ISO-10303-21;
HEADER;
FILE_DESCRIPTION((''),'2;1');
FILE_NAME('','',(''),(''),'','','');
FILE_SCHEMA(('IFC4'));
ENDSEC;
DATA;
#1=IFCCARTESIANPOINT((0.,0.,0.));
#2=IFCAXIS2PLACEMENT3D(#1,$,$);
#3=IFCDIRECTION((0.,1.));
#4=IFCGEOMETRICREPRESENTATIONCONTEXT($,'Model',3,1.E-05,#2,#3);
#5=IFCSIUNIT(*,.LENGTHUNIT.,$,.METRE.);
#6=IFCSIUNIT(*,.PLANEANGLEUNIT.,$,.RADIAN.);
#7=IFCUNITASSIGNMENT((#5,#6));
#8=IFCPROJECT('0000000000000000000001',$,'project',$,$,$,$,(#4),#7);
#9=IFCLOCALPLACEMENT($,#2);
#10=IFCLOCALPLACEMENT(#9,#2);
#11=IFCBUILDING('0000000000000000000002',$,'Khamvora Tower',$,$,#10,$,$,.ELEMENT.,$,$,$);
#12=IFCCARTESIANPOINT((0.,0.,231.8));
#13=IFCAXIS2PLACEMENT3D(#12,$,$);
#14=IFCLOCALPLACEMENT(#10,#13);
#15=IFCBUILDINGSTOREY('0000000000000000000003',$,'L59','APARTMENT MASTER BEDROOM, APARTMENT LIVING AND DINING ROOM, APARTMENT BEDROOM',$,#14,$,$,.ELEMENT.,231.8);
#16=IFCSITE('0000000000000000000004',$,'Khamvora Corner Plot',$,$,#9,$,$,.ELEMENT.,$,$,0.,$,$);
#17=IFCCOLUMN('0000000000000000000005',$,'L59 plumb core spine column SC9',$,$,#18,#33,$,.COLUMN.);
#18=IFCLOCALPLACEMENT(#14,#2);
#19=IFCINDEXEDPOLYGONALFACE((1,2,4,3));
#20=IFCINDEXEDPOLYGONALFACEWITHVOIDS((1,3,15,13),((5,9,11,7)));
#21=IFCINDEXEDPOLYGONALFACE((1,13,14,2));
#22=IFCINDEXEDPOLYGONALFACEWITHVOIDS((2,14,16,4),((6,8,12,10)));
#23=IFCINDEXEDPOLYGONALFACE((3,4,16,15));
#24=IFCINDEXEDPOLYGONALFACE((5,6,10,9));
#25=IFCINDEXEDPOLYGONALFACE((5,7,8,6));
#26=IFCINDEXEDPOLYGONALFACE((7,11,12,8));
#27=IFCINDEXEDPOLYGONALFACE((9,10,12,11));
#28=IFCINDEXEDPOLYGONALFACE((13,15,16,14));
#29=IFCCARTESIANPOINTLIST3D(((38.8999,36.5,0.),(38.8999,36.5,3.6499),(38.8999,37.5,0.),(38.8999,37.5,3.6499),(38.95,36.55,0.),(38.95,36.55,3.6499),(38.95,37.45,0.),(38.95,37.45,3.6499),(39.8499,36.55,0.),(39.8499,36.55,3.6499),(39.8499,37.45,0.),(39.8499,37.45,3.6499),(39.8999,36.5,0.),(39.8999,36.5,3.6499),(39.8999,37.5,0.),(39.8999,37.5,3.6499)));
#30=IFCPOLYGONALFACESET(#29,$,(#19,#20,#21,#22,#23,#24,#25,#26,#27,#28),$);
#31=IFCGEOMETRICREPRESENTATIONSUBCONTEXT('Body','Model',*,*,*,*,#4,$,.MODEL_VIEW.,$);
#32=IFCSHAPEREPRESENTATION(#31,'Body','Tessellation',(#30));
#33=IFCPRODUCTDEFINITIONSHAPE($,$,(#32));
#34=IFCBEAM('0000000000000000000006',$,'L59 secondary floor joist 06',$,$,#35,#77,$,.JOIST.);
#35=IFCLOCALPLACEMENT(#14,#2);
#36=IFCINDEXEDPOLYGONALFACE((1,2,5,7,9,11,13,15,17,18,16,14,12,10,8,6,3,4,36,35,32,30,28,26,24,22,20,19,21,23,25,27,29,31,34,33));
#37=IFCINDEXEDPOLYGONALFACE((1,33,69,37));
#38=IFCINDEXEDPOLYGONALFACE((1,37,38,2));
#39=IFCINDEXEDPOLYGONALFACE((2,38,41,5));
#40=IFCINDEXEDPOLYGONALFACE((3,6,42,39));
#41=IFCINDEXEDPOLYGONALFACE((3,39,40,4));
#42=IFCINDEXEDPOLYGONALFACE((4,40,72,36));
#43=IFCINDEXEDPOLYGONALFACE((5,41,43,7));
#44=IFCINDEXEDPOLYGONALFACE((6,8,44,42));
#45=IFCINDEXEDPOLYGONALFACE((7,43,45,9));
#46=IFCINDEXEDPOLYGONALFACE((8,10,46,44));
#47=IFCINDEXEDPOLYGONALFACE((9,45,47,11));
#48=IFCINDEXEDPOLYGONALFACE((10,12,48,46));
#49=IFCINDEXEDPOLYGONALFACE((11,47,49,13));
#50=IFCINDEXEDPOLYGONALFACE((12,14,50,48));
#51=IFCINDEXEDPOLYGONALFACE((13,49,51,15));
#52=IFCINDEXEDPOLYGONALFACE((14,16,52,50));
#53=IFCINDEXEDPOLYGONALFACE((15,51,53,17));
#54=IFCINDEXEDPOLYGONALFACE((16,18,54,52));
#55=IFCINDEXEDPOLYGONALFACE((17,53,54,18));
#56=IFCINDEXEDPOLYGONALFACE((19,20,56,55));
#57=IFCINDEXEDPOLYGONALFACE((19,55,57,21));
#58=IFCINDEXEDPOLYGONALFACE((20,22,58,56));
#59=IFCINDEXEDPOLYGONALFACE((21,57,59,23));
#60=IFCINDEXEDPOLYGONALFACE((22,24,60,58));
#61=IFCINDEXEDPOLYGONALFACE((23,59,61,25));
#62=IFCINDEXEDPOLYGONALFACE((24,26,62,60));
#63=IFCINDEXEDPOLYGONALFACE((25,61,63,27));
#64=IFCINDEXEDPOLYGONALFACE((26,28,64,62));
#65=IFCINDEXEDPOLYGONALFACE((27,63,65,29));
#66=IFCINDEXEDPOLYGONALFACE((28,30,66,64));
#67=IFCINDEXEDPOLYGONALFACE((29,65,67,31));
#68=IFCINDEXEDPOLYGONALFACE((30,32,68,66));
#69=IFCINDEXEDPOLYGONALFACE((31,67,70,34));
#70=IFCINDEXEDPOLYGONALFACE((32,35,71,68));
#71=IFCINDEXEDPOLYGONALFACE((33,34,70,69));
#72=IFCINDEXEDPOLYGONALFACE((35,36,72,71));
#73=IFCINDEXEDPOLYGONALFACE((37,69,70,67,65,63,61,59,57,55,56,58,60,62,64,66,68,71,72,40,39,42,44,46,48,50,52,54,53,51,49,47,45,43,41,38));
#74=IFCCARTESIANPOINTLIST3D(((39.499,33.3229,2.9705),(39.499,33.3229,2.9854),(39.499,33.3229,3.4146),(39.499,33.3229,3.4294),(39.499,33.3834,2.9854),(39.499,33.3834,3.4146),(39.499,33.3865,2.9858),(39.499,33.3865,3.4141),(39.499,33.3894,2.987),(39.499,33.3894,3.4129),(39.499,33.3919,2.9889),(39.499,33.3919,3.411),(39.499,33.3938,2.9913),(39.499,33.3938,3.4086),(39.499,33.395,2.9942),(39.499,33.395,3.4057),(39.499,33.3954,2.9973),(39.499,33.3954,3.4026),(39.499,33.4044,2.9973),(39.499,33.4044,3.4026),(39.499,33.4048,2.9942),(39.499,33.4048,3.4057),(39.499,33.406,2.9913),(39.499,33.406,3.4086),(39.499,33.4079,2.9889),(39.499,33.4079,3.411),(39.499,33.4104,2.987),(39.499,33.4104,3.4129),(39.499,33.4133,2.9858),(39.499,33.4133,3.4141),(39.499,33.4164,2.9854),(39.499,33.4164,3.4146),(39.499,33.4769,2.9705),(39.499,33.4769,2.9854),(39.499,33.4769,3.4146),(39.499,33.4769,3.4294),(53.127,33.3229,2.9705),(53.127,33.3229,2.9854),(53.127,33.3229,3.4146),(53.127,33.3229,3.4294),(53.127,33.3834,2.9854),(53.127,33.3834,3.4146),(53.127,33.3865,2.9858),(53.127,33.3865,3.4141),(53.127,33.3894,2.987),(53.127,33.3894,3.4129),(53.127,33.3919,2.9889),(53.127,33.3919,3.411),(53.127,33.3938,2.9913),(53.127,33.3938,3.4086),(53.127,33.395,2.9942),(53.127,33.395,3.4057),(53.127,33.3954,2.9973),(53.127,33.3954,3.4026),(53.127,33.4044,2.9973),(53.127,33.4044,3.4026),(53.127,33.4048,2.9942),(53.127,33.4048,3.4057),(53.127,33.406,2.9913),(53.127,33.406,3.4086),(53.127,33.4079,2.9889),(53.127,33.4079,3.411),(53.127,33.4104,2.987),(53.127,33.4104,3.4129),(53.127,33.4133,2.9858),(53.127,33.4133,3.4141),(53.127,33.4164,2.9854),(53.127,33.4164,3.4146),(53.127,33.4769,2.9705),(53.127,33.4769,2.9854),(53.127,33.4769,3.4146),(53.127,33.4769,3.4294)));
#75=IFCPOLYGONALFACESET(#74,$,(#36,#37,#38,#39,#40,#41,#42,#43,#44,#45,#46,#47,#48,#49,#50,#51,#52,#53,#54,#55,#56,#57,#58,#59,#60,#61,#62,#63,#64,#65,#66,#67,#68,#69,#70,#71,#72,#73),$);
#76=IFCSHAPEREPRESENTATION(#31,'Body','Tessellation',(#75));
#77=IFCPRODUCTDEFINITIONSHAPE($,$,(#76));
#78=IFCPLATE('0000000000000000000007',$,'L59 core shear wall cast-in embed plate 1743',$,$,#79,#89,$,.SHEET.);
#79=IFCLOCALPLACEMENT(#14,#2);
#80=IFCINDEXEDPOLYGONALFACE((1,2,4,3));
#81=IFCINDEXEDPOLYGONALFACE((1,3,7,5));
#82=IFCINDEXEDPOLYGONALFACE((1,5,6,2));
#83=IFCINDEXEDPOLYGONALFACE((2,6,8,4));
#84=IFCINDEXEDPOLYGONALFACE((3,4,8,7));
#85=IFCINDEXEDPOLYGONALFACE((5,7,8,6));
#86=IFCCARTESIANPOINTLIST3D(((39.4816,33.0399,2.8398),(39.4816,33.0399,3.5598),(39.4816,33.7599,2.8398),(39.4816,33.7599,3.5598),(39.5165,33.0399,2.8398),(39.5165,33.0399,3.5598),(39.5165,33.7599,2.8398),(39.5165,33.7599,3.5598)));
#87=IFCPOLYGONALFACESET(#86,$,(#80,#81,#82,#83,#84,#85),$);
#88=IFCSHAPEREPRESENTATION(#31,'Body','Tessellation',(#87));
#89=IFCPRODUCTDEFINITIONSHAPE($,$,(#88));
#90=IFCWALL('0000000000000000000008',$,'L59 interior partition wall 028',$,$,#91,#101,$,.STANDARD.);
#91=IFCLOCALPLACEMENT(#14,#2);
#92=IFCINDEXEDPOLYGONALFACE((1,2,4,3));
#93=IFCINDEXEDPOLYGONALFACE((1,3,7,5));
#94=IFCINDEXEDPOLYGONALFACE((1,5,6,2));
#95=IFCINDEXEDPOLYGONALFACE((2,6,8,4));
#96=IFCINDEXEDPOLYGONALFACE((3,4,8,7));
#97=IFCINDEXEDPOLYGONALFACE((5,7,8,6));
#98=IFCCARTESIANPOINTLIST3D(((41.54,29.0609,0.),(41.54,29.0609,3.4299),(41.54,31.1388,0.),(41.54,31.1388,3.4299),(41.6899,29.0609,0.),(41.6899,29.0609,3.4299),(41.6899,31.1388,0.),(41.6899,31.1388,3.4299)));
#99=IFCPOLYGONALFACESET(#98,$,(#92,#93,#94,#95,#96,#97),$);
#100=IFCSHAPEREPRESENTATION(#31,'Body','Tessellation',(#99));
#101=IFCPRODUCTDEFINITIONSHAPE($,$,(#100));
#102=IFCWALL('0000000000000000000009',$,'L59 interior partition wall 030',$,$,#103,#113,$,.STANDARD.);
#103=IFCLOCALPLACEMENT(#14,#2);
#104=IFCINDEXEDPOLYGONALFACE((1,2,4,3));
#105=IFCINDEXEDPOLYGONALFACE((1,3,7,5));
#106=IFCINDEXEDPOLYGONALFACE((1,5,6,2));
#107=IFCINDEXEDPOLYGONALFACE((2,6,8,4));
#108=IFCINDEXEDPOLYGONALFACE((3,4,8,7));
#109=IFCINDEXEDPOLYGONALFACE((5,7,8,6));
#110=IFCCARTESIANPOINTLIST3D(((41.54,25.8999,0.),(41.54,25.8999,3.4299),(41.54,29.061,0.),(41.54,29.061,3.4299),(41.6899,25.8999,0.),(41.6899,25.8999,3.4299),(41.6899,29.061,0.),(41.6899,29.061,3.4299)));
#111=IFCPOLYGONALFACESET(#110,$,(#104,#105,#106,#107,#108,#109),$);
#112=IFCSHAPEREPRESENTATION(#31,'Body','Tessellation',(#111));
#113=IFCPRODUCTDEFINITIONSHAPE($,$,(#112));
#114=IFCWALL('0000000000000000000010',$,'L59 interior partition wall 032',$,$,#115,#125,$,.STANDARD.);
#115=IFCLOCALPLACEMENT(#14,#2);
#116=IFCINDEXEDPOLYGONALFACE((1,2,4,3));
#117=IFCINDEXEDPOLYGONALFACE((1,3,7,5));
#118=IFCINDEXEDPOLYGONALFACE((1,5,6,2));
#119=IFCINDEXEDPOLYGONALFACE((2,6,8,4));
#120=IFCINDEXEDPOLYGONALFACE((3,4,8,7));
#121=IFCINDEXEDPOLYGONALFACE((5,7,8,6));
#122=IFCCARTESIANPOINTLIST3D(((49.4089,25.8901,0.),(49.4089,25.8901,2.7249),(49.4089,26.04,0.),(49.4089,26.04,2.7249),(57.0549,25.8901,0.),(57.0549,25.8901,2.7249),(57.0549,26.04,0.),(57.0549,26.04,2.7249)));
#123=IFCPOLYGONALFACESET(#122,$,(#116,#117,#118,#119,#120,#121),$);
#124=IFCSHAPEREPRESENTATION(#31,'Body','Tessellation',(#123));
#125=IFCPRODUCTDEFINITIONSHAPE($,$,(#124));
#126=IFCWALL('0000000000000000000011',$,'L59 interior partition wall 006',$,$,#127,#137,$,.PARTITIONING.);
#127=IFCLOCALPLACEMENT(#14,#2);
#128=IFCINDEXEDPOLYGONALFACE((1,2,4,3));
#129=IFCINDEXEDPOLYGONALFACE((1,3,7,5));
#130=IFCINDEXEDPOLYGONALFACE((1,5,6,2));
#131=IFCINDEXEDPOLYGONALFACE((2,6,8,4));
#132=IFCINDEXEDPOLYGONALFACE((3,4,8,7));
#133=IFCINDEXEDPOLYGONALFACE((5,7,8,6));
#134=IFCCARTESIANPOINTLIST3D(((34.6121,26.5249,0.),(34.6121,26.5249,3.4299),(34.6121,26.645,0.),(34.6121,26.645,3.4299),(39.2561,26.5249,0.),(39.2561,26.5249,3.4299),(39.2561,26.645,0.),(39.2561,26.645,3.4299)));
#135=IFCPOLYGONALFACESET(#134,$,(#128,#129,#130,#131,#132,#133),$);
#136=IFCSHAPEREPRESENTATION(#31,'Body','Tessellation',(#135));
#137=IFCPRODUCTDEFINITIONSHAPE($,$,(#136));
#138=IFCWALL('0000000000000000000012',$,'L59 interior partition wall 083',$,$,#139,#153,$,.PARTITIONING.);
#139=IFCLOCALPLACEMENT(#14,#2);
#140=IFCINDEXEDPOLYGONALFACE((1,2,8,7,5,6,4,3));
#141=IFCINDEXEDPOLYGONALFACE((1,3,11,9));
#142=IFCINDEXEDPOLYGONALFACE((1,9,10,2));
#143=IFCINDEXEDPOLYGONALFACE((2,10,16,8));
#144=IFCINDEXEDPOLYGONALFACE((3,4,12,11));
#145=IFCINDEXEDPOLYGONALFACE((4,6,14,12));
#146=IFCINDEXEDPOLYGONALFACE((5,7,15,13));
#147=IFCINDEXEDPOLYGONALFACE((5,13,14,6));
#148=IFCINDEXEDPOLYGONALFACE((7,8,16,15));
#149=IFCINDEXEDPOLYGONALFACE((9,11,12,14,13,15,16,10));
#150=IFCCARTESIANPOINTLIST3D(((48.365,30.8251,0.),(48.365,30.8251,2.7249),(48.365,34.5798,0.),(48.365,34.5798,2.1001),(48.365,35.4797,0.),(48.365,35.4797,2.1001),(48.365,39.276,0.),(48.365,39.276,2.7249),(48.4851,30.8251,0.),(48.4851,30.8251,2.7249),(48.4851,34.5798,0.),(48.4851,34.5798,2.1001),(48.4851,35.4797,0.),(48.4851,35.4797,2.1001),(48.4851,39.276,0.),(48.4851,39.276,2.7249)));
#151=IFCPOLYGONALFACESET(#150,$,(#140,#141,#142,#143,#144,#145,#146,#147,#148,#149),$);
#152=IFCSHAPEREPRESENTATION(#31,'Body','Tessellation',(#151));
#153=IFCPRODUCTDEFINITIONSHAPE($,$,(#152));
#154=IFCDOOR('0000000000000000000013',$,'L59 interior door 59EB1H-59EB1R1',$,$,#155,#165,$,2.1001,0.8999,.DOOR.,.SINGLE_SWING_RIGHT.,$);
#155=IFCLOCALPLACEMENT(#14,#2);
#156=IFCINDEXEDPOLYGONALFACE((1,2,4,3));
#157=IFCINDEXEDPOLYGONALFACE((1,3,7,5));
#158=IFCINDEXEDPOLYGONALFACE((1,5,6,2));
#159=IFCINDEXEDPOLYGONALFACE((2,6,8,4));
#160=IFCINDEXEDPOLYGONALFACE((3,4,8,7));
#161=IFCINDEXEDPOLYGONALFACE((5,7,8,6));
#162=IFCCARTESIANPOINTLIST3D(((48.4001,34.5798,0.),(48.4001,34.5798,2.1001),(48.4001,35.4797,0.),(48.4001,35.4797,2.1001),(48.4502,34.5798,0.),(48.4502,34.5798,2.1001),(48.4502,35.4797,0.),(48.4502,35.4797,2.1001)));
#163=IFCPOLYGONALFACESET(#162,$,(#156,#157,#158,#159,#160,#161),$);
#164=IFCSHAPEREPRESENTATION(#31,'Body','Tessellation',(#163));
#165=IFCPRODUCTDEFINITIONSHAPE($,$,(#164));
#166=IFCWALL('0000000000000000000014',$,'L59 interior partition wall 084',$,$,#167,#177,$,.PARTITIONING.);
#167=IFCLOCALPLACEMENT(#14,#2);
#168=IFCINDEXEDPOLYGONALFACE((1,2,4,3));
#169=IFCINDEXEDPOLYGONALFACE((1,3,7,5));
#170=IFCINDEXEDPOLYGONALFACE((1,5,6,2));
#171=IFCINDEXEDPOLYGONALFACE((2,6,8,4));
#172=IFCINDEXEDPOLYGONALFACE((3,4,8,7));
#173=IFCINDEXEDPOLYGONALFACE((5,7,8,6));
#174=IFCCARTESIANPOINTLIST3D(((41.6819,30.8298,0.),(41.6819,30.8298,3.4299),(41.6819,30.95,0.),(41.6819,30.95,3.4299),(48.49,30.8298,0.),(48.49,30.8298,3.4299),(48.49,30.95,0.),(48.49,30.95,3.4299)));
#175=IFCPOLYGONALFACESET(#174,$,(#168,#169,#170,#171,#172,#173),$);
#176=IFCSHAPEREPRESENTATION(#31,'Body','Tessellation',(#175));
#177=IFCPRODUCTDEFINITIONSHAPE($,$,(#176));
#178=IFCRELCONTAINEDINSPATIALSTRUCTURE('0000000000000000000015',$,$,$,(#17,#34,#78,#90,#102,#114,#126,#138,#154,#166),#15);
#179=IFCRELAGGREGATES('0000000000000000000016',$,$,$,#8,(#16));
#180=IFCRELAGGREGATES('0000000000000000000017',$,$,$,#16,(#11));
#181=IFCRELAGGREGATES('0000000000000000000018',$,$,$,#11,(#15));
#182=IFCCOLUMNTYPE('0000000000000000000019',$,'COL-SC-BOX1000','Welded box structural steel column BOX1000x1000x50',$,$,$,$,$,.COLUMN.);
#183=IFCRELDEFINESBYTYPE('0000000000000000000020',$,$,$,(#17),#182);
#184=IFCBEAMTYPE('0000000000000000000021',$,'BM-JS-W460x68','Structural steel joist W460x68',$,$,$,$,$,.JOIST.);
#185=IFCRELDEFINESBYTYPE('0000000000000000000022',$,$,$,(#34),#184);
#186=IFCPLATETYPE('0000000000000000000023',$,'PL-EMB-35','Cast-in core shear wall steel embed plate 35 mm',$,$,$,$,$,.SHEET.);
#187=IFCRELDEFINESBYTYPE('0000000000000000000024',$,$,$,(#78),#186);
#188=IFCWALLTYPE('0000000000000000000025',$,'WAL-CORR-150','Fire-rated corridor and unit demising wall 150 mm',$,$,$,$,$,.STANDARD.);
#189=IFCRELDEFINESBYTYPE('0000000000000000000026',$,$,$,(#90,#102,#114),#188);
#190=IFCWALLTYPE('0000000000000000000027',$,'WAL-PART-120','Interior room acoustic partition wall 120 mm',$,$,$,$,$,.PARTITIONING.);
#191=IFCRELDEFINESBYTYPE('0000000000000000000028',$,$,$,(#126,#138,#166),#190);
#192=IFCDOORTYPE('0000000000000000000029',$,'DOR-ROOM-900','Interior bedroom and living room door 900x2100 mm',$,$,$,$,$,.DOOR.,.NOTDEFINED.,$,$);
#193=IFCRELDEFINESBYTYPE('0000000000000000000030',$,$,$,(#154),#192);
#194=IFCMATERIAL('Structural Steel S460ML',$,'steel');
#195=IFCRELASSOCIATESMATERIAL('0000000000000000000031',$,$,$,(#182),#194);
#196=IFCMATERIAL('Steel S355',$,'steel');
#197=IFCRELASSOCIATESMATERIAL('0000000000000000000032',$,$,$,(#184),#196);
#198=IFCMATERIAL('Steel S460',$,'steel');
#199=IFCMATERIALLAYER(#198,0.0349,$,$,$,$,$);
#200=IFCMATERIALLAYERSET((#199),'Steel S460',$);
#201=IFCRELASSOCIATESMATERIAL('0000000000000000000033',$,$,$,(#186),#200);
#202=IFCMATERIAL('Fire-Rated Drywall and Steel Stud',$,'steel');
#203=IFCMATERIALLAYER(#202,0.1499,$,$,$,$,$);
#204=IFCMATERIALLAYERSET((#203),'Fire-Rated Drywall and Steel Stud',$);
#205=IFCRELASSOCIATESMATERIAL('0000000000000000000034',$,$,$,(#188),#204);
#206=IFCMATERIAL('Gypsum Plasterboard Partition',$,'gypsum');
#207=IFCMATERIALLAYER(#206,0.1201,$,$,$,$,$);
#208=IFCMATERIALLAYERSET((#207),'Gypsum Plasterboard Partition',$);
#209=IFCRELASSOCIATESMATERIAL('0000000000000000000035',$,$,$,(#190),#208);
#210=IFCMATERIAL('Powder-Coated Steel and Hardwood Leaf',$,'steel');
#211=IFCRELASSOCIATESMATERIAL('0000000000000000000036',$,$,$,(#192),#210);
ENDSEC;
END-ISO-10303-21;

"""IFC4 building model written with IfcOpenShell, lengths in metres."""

from ifc_helpers import new_model, si_unit, direction, frame, frame_2d, origin, origin_2d, place, context, subcontext, project, spatial, rectangle, hollow_rectangle, i_section, extrude, material, layer, layer_set, material_profile, profile_set, type_object, element, fill, save


model = new_model("IFC4")

# Units and contexts
model_context = context("Model", 3, precision=1e-05, world=origin(), true_north=direction((0.0, 1.0)))
body_context = subcontext(model_context, "Body", "Model", "MODEL_VIEW")
ifc_project = project(units=[si_unit("LENGTHUNIT", "METRE"), si_unit("PLANEANGLEUNIT", "RADIAN")], contexts=[model_context])

# Site, building, storey
site_placement = place(None, origin())
site = spatial("IfcSite", under=ifc_project, at=site_placement, Name="Khamvora Corner Plot", CompositionType="ELEMENT", RefElevation=0.0)
building_placement = place(site_placement, origin())
building = spatial("IfcBuilding", under=site, at=building_placement, Name="Khamvora Tower", CompositionType="ELEMENT")
storey_placement = place(building_placement, frame((0.0, 0.0, 231.8)))
storey = spatial("IfcBuildingStorey", under=building, at=storey_placement, Name="L59", Description="APARTMENT MASTER BEDROOM, APARTMENT LIVING AND DINING ROOM, APARTMENT BEDROOM", CompositionType="ELEMENT", Elevation=231.8)

# Column
ifc_material_1 = material(Name="Structural Steel S460ML", Category="steel")
ifc_material_profile_1 = material_profile(ifc_material_1, hollow_rectangle(XDim=1.0, YDim=1.0, WallThickness=0.05, at=origin_2d()), Name="BOX1000x1000x50")
ifc_profile_set_1 = profile_set([ifc_material_profile_1], Name="Structural Steel S460ML")
column_type = type_object("IfcColumnType", Name="COL-SC-BOX1000", Description="Welded box structural steel column BOX1000x1000x50", PredefinedType="COLUMN", material=ifc_profile_set_1)
column_placement = place(storey_placement, frame((39.3999, 37.0, 0.0), z_axis=(0.0, 0.0, 1.0), x_axis=(1.0, 0.0, 0.0)))
element("IfcColumn", 1, at=column_placement, inside=storey, type_object=column_type, Name="L59 plumb core spine column SC9", PredefinedType="COLUMN", context=body_context, shape_type="SweptSolid", body=[
    extrude(hollow_rectangle(XDim=1.0, YDim=1.0, WallThickness=0.05, at=origin_2d()), origin(), (0.0, 0.0, 1.0), 3.6499),
])

# Beam
ifc_material_2 = material(Name="Steel S355", Category="steel")
ifc_material_profile_2 = material_profile(ifc_material_2, i_section(OverallWidth=0.1541, OverallDepth=0.459, WebThickness=0.009, FlangeThickness=0.0149, FilletRadius=0.012, at=origin_2d()), Name="W460x68")
ifc_profile_set_2 = profile_set([ifc_material_profile_2], Name="Steel S355")
beam_type = type_object("IfcBeamType", Name="BM-JS-W460x68", Description="Structural steel joist W460x68", PredefinedType="JOIST", material=ifc_profile_set_2)
beam_placement = place(storey_placement, frame((39.499, 33.3999, 3.2), z_axis=(1.0, 0.0, 0.0), x_axis=(0.0, 1.0, 0.0)))
element("IfcBeam", 2, at=beam_placement, inside=storey, type_object=beam_type, Name="L59 secondary floor joist 06", PredefinedType="JOIST", context=body_context, shape_type="SweptSolid", body=[
    extrude(i_section(OverallWidth=0.1541, OverallDepth=0.459, WebThickness=0.009, FlangeThickness=0.0149, FilletRadius=0.012, at=origin_2d()), origin(), (0.0, 0.0, 1.0), 13.6279),
])

# Plate
ifc_material_3 = material(Name="Steel S460", Category="steel")
ifc_layer_1 = layer(ifc_material_3, 0.0349)
ifc_layer_set_1 = layer_set([ifc_layer_1], Name="Steel S460")
plate_type = type_object("IfcPlateType", Name="PL-EMB-35", Description="Cast-in core shear wall steel embed plate 35 mm", PredefinedType="SHEET", material=ifc_layer_set_1)
plate_placement = place(storey_placement, frame((39.499, 33.3999, 2.8398), z_axis=(0.0, 0.0, 1.0), x_axis=(1.0, 0.0, 0.0)))
element("IfcPlate", 3, at=plate_placement, inside=storey, type_object=plate_type, Name="L59 core shear wall cast-in embed plate 1743", PredefinedType="SHEET", context=body_context, shape_type="SweptSolid", body=[
    extrude(rectangle(XDim=0.0349, YDim=0.72, at=origin_2d()), origin(), (0.0, 0.0, 1.0), 0.72),
])

# Wall
ifc_material_4 = material(Name="Fire-Rated Drywall and Steel Stud", Category="steel")
ifc_layer_2 = layer(ifc_material_4, 0.1499)
ifc_layer_set_2 = layer_set([ifc_layer_2], Name="Fire-Rated Drywall and Steel Stud")
wall_type_1 = type_object("IfcWallType", Name="WAL-CORR-150", Description="Fire-rated corridor and unit demising wall 150 mm", PredefinedType="STANDARD", material=ifc_layer_set_2)
wall_1_placement = place(storey_placement, frame((41.615, 31.1389, 0.0), z_axis=(0.0, 0.0, 1.0), x_axis=(0.0, -1.0, 0.0)))
element("IfcWall", 4, at=wall_1_placement, inside=storey, type_object=wall_type_1, Name="L59 interior partition wall 028", PredefinedType="STANDARD", context=body_context, shape_type="SweptSolid", body=[
    extrude(rectangle(XDim=2.0779, YDim=0.1499, at=frame_2d((1.0391, 0.0))), origin(), (0.0, 0.0, 1.0), 3.4299),
])

# Shared definitions
ifc_material_5 = material(Name="Powder-Coated Steel and Hardwood Leaf", Category="steel")

# Walls
wall_2_placement = place(storey_placement, frame((41.615, 29.061, 0.0), z_axis=(0.0, 0.0, 1.0), x_axis=(0.0, -1.0, 0.0)))
element("IfcWall", 5, at=wall_2_placement, inside=storey, type_object=wall_type_1, Name="L59 interior partition wall 030", PredefinedType="STANDARD", context=body_context, shape_type="SweptSolid", body=[
    extrude(rectangle(XDim=3.1611, YDim=0.1499, at=frame_2d((1.5806, 0.0))), origin(), (0.0, 0.0, 1.0), 3.4299),
])
wall_3_placement = place(storey_placement, frame((49.4089, 25.9651, 0.0), z_axis=(0.0, 0.0, 1.0), x_axis=(1.0, 0.0, 0.0)))
element("IfcWall", 6, at=wall_3_placement, inside=storey, type_object=wall_type_1, Name="L59 interior partition wall 032", PredefinedType="STANDARD", context=body_context, shape_type="SweptSolid", body=[
    extrude(rectangle(XDim=7.646, YDim=0.1499, at=frame_2d((3.823, 0.0))), origin(), (0.0, 0.0, 1.0), 2.7249),
])
ifc_material_6 = material(Name="Gypsum Plasterboard Partition", Category="gypsum")
ifc_layer_3 = layer(ifc_material_6, 0.1201)
ifc_layer_set_3 = layer_set([ifc_layer_3], Name="Gypsum Plasterboard Partition")
wall_type_2 = type_object("IfcWallType", Name="WAL-PART-120", Description="Interior room acoustic partition wall 120 mm", PredefinedType="PARTITIONING", material=ifc_layer_set_3)
wall_4_placement = place(storey_placement, frame((39.2561, 26.585, 0.0), z_axis=(0.0, 0.0, 1.0), x_axis=(-1.0, 0.0, 0.0)))
element("IfcWall", 7, at=wall_4_placement, inside=storey, type_object=wall_type_2, Name="L59 interior partition wall 006", PredefinedType="PARTITIONING", context=body_context, shape_type="SweptSolid", body=[
    extrude(rectangle(XDim=4.644, YDim=0.1201, at=frame_2d((2.322, 0.0))), origin(), (0.0, 0.0, 1.0), 3.4299),
])

# Wall, opening, door
wall_5_placement = place(storey_placement, frame((48.425, 30.825, 0.0), z_axis=(0.0, 0.0, 1.0), x_axis=(0.0, 1.0, 0.0)))
wall_5 = element("IfcWall", 8, at=wall_5_placement, inside=storey, type_object=wall_type_2, Name="L59 interior partition wall 083", PredefinedType="PARTITIONING", context=body_context, shape_type="SweptSolid", body=[
    extrude(rectangle(XDim=8.4509, YDim=0.1201, at=frame_2d((4.2256, 0.0))), origin(), (0.0, 0.0, 1.0), 2.7249),
])
opening_1_placement = place(wall_5_placement, frame((3.7549, 0.0, 0.0)))
opening_1 = element("IfcOpeningElement", 9, at=opening_1_placement, cuts=wall_5, PredefinedType="OPENING", context=body_context, shape_type="SweptSolid", body=[
    extrude(rectangle(XDim=0.8999, YDim=2.1001, at=frame_2d((0.45, 1.05))), frame((0.0, 0.0701, 0.0), z_axis=(0.0, -1.0, 0.0), x_axis=(1.0, 0.0, 0.0)), (0.0, 0.0, 1.0), 0.1401),
])
door_type_1 = type_object("IfcDoorType", Name="DOR-ROOM-900", Description="Interior bedroom and living room door 900x2100 mm", OperationType="NOTDEFINED", PredefinedType="DOOR", material=ifc_material_5)
door_1_placement = place(opening_1_placement, origin())
door_1 = element("IfcDoor", 10, at=door_1_placement, inside=storey, type_object=door_type_1, Name="L59 interior door 59EB1H-59EB1R1", OperationType="SINGLE_SWING_RIGHT", OverallHeight=2.1001, OverallWidth=0.8999, PredefinedType="DOOR", context=body_context, shape_type="SweptSolid", body=[
    extrude(rectangle(XDim=0.8999, YDim=2.1001, at=frame_2d((0.45, 1.05))), frame((0.0, 0.0249, 0.0), z_axis=(0.0, -1.0, 0.0), x_axis=(1.0, 0.0, 0.0)), (0.0, 0.0, 1.0), 0.05),
])
fill(opening_1, door_1)

# Wall
wall_6_placement = place(storey_placement, frame((41.6819, 30.8899, 0.0), z_axis=(0.0, 0.0, 1.0), x_axis=(1.0, 0.0, 0.0)))
element("IfcWall", 11, at=wall_6_placement, inside=storey, type_object=wall_type_2, Name="L59 interior partition wall 084", PredefinedType="PARTITIONING", context=body_context, shape_type="SweptSolid", body=[
    extrude(rectangle(XDim=6.8081, YDim=0.1201, at=frame_2d((3.4041, 0.0))), origin(), (0.0, 0.0, 1.0), 3.4299),
])

save(model, "model.ifc")
